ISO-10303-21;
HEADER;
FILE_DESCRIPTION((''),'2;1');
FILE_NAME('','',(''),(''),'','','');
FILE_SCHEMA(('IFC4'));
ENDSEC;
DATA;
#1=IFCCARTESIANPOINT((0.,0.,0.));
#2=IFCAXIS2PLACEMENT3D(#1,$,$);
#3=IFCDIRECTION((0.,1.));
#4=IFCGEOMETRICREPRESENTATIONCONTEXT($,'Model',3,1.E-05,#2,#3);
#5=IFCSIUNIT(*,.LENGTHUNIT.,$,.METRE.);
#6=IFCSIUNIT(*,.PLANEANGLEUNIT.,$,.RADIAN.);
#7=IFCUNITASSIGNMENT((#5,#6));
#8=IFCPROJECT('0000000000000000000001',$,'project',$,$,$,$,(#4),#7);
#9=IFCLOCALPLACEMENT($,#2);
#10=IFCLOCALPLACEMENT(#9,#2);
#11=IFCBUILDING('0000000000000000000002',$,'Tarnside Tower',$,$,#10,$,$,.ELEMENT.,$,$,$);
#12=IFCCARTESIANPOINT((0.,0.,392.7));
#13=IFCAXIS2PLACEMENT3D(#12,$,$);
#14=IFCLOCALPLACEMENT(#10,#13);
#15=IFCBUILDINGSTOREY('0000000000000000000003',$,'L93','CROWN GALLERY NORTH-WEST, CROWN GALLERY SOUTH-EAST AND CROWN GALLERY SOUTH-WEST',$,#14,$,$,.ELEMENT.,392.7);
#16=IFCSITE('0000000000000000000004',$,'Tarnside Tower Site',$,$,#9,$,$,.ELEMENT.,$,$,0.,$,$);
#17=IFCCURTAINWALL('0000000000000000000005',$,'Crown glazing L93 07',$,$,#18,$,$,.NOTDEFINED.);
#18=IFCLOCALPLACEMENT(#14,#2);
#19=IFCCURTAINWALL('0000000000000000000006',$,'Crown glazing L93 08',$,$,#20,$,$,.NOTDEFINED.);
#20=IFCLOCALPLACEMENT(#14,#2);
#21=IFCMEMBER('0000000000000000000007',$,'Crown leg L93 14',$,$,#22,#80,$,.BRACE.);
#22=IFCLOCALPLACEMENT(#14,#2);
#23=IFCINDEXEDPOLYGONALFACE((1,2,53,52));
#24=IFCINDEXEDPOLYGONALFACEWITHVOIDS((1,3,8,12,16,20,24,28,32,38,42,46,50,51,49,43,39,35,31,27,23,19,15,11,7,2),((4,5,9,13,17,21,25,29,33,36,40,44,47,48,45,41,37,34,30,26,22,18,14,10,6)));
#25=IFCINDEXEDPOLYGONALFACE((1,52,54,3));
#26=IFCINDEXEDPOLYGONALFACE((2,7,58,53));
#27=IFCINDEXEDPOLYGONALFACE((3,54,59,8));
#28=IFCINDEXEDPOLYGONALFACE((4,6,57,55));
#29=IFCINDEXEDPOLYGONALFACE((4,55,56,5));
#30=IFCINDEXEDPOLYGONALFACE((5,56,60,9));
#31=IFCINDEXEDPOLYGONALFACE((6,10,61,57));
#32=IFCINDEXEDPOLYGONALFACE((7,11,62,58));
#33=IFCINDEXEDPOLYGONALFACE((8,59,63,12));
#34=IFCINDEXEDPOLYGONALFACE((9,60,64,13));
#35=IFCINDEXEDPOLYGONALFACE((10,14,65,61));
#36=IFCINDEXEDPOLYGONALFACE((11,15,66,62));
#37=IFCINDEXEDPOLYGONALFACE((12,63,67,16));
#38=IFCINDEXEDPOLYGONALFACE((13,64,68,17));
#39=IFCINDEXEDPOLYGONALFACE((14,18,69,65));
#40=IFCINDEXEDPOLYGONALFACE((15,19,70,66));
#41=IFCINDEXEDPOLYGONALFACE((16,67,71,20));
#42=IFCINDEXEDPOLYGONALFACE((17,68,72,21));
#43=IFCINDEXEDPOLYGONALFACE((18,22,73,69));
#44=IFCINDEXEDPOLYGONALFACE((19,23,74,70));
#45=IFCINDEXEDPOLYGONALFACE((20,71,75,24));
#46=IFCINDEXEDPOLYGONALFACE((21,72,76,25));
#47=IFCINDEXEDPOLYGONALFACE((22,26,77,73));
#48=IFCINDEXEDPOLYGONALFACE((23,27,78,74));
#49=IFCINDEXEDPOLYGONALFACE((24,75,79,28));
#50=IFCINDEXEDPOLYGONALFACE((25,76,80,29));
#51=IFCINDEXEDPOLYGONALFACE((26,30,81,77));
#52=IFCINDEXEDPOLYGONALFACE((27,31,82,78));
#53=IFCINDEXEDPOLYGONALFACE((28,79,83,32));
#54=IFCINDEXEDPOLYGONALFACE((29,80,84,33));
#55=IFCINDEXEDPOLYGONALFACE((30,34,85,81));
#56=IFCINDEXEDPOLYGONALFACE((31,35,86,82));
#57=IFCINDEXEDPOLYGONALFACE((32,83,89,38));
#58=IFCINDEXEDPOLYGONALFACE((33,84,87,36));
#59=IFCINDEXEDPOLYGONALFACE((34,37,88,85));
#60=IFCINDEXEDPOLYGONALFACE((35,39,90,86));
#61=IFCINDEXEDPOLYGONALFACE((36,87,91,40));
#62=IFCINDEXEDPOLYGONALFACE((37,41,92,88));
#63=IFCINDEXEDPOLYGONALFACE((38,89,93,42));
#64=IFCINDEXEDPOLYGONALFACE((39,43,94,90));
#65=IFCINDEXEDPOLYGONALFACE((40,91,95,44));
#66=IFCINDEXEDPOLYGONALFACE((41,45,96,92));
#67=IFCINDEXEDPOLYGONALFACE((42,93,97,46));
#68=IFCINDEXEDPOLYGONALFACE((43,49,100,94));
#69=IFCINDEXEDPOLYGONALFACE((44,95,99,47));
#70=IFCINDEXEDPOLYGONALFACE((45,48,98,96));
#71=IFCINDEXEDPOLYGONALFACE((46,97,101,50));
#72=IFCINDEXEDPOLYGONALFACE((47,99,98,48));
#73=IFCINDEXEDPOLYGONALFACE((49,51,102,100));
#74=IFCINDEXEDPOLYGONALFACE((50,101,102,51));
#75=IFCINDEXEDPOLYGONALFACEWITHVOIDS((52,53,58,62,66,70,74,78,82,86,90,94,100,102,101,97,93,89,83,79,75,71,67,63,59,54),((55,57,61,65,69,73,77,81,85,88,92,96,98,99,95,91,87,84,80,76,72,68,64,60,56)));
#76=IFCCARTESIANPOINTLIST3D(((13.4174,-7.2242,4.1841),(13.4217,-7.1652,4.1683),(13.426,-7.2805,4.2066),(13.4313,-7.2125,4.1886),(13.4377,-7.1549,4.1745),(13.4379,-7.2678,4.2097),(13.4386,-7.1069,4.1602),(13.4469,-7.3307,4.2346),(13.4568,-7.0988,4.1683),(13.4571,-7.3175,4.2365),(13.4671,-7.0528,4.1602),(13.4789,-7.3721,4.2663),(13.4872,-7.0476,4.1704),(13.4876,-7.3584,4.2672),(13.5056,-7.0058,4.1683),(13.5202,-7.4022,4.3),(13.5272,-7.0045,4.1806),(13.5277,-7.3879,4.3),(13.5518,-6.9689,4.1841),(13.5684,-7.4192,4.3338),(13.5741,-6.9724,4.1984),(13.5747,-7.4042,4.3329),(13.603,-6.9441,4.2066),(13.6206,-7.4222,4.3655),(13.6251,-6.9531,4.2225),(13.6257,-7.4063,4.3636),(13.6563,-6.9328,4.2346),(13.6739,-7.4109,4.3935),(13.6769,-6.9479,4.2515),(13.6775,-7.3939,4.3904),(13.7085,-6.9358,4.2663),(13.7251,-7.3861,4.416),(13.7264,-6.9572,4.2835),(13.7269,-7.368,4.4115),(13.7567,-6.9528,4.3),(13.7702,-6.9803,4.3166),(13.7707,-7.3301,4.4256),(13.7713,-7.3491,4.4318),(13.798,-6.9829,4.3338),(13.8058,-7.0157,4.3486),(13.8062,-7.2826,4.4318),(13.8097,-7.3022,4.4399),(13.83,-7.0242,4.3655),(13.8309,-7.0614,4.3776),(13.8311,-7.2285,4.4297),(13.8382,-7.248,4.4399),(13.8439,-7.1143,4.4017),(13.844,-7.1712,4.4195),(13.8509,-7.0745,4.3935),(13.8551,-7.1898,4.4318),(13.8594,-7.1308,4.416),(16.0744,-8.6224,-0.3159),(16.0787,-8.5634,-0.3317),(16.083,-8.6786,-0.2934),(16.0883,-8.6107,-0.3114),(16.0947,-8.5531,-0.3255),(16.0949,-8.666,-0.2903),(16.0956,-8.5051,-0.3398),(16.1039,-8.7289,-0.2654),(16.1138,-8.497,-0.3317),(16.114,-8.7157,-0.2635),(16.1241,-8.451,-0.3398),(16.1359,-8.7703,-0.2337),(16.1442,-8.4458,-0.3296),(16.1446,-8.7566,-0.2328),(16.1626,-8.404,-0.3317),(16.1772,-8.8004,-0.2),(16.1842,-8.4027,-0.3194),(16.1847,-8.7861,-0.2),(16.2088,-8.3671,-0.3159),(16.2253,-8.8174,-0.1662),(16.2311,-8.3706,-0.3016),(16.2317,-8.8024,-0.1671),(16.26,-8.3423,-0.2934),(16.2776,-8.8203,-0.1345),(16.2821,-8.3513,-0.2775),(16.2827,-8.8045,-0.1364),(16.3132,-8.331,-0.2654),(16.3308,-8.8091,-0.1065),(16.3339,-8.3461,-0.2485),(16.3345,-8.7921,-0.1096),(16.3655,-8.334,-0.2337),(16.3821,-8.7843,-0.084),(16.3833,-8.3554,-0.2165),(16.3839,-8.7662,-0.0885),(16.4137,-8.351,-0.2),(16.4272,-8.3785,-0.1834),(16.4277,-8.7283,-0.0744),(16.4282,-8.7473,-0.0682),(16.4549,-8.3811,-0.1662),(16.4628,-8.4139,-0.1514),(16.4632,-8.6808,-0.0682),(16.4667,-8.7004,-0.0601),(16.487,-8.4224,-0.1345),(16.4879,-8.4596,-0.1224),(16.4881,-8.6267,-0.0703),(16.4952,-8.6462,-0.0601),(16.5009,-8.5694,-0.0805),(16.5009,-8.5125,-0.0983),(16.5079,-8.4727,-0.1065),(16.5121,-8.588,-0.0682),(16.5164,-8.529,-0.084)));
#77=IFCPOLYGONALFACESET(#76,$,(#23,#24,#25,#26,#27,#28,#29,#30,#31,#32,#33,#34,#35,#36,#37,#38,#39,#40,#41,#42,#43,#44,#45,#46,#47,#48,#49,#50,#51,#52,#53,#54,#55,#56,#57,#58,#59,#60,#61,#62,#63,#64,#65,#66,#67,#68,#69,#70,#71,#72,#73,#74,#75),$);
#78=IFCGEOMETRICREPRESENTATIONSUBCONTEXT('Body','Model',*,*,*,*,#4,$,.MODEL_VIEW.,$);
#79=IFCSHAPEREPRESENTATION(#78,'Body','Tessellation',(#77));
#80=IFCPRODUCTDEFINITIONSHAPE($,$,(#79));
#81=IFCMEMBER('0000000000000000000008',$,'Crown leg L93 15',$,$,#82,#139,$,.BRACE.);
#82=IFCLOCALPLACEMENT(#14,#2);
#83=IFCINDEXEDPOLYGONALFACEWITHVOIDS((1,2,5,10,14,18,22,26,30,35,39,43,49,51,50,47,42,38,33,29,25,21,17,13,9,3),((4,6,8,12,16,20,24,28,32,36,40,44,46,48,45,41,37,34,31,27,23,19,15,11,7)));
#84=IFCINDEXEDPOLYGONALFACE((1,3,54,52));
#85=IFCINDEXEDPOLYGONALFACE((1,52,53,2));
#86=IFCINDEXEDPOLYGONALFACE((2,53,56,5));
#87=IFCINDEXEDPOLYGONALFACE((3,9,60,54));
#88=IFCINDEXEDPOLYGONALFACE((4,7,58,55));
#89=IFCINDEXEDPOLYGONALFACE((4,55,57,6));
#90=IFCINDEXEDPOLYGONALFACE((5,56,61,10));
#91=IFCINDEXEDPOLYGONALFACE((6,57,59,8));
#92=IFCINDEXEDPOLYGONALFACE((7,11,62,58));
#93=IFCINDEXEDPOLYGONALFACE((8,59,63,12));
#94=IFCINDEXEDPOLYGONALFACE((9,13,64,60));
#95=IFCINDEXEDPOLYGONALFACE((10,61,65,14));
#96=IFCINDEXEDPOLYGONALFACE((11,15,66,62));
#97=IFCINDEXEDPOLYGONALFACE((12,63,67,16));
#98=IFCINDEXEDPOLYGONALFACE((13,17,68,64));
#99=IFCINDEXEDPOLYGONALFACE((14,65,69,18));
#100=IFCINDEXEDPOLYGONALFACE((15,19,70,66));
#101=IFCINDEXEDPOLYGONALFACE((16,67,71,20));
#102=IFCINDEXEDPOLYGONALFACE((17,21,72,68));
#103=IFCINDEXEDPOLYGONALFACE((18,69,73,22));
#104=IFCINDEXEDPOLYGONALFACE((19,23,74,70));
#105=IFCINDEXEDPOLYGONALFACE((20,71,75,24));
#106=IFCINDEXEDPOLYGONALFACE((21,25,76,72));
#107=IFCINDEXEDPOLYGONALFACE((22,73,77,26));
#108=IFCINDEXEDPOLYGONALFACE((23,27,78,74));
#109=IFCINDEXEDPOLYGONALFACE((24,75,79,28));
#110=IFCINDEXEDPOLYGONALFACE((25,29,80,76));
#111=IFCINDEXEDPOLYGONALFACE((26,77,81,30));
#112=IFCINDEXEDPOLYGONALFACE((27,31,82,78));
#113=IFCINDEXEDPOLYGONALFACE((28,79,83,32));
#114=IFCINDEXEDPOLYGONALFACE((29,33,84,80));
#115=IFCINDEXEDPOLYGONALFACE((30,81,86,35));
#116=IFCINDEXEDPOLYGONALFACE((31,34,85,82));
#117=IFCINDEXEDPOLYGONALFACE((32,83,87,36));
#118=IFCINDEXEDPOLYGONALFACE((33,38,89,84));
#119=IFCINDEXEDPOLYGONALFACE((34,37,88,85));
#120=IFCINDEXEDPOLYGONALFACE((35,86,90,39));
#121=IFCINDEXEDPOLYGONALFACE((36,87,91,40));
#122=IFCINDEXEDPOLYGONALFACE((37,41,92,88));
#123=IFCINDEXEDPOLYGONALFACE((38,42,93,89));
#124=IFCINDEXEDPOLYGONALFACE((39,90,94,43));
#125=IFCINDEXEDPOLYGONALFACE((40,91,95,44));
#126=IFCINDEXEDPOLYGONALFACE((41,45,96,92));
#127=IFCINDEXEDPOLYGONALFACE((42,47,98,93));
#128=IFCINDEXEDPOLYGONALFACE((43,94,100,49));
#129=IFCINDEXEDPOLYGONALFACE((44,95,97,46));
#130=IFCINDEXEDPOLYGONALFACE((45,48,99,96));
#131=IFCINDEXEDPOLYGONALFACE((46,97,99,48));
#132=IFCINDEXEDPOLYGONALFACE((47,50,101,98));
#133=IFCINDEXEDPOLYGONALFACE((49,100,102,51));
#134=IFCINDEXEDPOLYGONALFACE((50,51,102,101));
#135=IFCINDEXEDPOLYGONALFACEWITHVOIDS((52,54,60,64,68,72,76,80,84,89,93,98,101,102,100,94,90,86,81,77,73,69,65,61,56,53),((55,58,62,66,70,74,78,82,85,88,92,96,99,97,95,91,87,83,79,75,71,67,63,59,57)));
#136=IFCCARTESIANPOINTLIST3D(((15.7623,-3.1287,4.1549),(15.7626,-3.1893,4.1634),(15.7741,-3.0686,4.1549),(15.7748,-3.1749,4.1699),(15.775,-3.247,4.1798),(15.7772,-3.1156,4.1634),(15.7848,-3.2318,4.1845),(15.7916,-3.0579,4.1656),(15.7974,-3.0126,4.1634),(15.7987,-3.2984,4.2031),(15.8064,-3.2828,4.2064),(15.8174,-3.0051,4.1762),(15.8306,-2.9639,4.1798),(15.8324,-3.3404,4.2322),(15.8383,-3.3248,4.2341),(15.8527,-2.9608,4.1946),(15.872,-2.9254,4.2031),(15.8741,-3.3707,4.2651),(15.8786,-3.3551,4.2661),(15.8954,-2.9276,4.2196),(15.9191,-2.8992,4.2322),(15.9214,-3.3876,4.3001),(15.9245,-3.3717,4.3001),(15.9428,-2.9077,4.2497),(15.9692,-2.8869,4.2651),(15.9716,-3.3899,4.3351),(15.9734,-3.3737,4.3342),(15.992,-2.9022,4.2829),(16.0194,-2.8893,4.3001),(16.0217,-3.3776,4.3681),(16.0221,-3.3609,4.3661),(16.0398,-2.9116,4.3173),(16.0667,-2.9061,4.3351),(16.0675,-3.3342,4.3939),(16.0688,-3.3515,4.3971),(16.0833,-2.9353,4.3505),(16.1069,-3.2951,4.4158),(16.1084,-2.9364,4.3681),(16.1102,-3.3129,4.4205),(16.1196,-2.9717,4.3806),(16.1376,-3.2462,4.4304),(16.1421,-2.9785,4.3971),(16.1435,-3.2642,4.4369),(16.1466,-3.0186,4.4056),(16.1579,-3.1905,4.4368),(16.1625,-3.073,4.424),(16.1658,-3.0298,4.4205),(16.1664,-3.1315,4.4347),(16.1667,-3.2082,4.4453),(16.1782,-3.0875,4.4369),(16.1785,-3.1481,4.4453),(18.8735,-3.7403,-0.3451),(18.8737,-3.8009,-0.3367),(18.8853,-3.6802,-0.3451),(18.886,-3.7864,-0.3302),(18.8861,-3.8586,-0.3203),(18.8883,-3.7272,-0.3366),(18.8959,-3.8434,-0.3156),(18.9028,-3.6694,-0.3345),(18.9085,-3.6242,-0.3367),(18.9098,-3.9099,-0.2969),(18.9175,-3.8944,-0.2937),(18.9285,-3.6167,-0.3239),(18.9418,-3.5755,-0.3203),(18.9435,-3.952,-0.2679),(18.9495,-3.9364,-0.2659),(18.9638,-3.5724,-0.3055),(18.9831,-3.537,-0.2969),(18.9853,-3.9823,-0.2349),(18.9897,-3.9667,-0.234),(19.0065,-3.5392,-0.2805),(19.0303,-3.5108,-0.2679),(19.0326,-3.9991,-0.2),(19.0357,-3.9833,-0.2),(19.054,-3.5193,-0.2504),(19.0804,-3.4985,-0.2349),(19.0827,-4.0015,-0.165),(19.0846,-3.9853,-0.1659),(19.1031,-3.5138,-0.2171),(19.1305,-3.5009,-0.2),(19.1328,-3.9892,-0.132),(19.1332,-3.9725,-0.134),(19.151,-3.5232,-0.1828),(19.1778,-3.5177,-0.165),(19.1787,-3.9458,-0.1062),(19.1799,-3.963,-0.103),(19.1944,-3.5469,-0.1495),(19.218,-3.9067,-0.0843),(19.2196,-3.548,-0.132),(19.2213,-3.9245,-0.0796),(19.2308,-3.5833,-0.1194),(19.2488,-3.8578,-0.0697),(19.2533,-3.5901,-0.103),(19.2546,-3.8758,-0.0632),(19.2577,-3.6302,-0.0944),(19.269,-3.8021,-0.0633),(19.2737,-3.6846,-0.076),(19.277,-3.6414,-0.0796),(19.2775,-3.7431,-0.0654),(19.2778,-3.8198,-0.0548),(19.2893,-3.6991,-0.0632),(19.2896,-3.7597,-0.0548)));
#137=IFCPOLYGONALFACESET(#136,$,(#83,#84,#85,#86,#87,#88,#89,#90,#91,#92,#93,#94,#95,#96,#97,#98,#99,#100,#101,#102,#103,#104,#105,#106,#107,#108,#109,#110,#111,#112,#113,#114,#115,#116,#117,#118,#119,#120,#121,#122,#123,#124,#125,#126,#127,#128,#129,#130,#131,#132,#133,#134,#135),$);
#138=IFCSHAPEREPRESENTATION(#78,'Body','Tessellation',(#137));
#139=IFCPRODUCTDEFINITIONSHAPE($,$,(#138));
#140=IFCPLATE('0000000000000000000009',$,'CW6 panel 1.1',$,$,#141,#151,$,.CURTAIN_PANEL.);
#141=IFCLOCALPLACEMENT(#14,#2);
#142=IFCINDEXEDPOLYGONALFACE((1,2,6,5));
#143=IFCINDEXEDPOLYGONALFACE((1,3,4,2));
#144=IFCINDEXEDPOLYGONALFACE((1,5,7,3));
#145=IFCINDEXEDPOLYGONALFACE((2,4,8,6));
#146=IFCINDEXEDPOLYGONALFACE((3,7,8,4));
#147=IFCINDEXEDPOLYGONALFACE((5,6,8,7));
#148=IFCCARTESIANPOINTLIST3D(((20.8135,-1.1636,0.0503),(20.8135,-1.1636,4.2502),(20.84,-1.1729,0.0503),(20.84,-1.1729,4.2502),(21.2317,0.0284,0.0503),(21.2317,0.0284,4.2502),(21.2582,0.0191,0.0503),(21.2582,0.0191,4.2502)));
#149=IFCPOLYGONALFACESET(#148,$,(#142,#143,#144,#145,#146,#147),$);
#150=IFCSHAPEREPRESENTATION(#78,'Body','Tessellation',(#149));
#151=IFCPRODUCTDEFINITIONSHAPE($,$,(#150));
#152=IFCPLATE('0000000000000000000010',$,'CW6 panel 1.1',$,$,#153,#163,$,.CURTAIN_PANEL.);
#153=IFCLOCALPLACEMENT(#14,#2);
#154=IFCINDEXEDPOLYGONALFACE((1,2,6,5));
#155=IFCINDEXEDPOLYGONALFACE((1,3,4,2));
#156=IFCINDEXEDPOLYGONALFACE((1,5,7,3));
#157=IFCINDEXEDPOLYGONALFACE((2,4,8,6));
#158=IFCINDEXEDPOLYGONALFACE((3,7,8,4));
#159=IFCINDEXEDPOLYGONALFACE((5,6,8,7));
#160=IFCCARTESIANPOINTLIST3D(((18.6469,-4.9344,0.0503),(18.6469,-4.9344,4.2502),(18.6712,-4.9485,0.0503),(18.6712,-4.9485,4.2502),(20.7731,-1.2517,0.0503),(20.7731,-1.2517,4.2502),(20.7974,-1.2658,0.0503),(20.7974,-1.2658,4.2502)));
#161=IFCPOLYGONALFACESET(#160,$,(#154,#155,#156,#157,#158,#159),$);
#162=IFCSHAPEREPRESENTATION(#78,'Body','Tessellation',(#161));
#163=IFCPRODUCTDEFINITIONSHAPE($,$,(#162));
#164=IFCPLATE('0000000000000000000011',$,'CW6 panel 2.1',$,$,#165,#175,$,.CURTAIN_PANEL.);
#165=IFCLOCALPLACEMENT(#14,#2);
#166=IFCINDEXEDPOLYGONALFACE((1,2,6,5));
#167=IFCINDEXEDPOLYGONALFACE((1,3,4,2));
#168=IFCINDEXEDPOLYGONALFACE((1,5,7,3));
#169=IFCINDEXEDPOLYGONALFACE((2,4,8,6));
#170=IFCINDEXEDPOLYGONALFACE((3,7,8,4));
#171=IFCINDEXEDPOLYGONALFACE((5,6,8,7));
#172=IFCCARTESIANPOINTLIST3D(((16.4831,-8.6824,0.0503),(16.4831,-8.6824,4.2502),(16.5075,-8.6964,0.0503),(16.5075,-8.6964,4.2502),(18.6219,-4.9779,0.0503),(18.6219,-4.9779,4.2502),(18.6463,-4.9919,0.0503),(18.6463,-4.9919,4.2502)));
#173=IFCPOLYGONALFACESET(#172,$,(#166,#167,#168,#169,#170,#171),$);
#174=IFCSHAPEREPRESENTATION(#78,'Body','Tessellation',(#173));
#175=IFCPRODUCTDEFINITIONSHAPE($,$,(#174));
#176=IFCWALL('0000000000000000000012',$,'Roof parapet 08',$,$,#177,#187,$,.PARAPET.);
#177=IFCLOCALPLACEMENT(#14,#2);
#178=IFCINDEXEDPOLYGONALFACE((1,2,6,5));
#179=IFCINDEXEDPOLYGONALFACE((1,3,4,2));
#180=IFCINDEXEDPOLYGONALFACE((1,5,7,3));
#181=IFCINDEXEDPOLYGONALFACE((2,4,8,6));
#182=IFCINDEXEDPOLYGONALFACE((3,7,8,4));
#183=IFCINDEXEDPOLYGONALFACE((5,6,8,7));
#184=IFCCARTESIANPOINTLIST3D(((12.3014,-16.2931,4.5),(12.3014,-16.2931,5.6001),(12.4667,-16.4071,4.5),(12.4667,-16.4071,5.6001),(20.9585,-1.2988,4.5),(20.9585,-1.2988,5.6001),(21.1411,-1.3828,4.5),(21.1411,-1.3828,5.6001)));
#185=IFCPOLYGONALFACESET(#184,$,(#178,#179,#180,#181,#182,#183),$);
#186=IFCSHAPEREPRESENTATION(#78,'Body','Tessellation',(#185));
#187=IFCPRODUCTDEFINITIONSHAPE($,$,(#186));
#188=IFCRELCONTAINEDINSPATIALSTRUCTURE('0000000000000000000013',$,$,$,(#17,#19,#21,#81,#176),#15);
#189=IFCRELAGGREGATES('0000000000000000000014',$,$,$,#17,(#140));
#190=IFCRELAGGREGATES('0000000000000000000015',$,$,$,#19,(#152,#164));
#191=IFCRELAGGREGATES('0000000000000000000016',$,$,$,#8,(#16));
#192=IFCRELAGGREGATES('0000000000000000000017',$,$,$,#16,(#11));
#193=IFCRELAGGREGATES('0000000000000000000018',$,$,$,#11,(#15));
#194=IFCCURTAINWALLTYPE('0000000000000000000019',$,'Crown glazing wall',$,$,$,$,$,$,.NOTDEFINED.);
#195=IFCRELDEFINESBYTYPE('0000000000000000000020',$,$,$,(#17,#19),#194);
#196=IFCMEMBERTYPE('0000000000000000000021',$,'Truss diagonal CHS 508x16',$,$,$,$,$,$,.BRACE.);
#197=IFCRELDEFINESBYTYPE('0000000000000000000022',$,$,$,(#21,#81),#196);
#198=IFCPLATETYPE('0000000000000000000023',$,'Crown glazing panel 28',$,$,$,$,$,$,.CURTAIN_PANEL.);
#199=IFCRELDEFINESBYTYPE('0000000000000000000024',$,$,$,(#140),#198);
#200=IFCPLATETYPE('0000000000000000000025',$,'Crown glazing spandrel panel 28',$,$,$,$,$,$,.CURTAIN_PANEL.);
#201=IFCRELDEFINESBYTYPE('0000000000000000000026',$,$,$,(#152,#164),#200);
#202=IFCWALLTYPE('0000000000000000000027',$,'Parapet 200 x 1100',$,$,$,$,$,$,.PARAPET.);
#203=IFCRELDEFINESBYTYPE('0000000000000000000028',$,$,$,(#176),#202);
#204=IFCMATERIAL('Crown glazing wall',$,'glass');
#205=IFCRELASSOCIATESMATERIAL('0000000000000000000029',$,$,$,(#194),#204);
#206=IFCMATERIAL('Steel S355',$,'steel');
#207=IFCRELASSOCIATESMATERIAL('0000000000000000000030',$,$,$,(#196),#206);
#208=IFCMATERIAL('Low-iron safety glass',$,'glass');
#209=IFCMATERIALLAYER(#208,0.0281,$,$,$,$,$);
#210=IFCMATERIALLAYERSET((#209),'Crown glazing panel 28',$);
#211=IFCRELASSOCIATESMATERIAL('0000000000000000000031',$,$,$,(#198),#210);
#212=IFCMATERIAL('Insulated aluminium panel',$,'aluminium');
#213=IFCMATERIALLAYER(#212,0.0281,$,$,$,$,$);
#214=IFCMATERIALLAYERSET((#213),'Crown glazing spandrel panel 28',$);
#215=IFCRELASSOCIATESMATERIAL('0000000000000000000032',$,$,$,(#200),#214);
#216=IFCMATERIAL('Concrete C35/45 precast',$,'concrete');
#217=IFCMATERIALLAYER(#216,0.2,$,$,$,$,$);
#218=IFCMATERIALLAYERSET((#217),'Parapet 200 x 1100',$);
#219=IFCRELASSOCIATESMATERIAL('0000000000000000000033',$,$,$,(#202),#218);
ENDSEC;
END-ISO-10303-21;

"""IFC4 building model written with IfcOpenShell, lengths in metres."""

from ifc_helpers import new_model, si_unit, direction, frame, origin, origin_2d, place, context, subcontext, project, spatial, polyline, rectangle, hollow_circle, outline, extrude, material, layer, layer_set, material_profile, profile_set, type_object, element, aggregate, save


model = new_model("IFC4")

# Units and contexts
model_context = context("Model", 3, precision=1e-05, world=origin(), true_north=direction((0.0, 1.0)))
body_context = subcontext(model_context, "Body", "Model", "MODEL_VIEW")
ifc_project = project(units=[si_unit("LENGTHUNIT", "METRE"), si_unit("PLANEANGLEUNIT", "RADIAN")], contexts=[model_context])

# Site, building, storey
site_placement = place(None, origin())
site = spatial("IfcSite", under=ifc_project, at=site_placement, Name="Tarnside Tower Site", CompositionType="ELEMENT", RefElevation=0.0)
building_placement = place(site_placement, origin())
building = spatial("IfcBuilding", under=site, at=building_placement, Name="Tarnside Tower", CompositionType="ELEMENT")
storey_placement = place(building_placement, frame((0.0, 0.0, 392.7)))
storey = spatial("IfcBuildingStorey", under=building, at=storey_placement, Name="L93", Description="CROWN GALLERY NORTH-WEST, CROWN GALLERY SOUTH-EAST AND CROWN GALLERY SOUTH-WEST", CompositionType="ELEMENT", Elevation=392.7)

# Curtain wall
ifc_material_1 = material(Name="Crown glazing wall", Category="glass")
curtain_wall_type = type_object("IfcCurtainWallType", Name="Crown glazing wall", PredefinedType="NOTDEFINED", material=ifc_material_1)
curtain_wall_1_placement = place(storey_placement, origin())
curtain_wall_1 = element("IfcCurtainWall", 1, at=curtain_wall_1_placement, inside=storey, type_object=curtain_wall_type, Name="Crown glazing L93 07", PredefinedType="NOTDEFINED")

# Curtain wall
curtain_wall_2_placement = place(storey_placement, origin())
curtain_wall_2 = element("IfcCurtainWall", 2, at=curtain_wall_2_placement, inside=storey, type_object=curtain_wall_type, Name="Crown glazing L93 08", PredefinedType="NOTDEFINED")

# Shared definitions
ifc_material_2 = material(Name="Steel S355", Category="steel")

# Members
ifc_material_profile_1 = material_profile(ifc_material_2, hollow_circle(Radius=0.2539, WallThickness=0.0161, at=origin_2d()), Name="CHS 508x16")
ifc_profile_set_1 = profile_set([ifc_material_profile_1], Name="Steel S355")
member_type_1 = type_object("IfcMemberType", Name="Truss diagonal CHS 508x16", PredefinedType="BRACE", material=ifc_profile_set_1)
member_1_placement = place(storey_placement, frame((16.2954, -8.5757, -0.2), z_axis=(-0.491154, 0.258462, 0.831844), x_axis=(-0.465689, -0.884948, 0.0)))
element("IfcMember", 3, at=member_1_placement, inside=storey, type_object=member_type_1, Name="Crown leg L93 14", PredefinedType="BRACE", context=body_context, shape_type="SweptSolid", body=[
    extrude(hollow_circle(Radius=0.2539, WallThickness=0.0161, at=origin_2d()), origin(), (0.0, 0.0, 1.0), 5.4097),
])
member_2_placement = place(storey_placement, frame((19.0815, -3.75, -0.2), z_axis=(-0.565158, 0.111098, 0.817468), x_axis=(-0.192887, -0.981221, 0.0)))
element("IfcMember", 4, at=member_2_placement, inside=storey, type_object=member_type_1, Name="Crown leg L93 15", PredefinedType="BRACE", context=body_context, shape_type="SweptSolid", body=[
    extrude(hollow_circle(Radius=0.2539, WallThickness=0.0161, at=origin_2d()), origin(), (0.0, 0.0, 1.0), 5.5049),
])

# Plates
ifc_material_3 = material(Name="Low-iron safety glass", Category="glass")
ifc_layer_1 = layer(ifc_material_3, 0.0281)
ifc_layer_set_1 = layer_set([ifc_layer_1], Name="Crown glazing panel 28")
plate_type_1 = type_object("IfcPlateType", Name="Crown glazing panel 28", PredefinedType="CURTAIN_PANEL", material=ifc_layer_set_1)
plate_1_placement = place(storey_placement, frame((21.0359, -0.5723, 0.0503), z_axis=(0.0, 0.0, 1.0), x_axis=(-0.331063, -0.943609, 0.0)))
plate_1 = element("IfcPlate", 5, at=plate_1_placement, type_object=plate_type_1, Name="CW6 panel 1.1", PredefinedType="CURTAIN_PANEL", context=body_context, shape_type="SweptSolid", body=[
    extrude(rectangle(XDim=1.2632, YDim=0.0281, at=origin_2d()), origin(), (0.0, 0.0, 1.0), 4.2),
])
aggregate(curtain_wall_1, [plate_1])
ifc_material_4 = material(Name="Insulated aluminium panel", Category="aluminium")
ifc_layer_2 = layer(ifc_material_4, 0.0281)
ifc_layer_set_2 = layer_set([ifc_layer_2], Name="Crown glazing spandrel panel 28")
plate_type_2 = type_object("IfcPlateType", Name="Crown glazing spandrel panel 28", PredefinedType="CURTAIN_PANEL", material=ifc_layer_set_2)
plate_2_placement = place(storey_placement, frame((19.7222, -3.1001, 0.0503), z_axis=(0.0, 0.0, 1.0), x_axis=(-0.5, -0.866025, 0.0)))
plate_2 = element("IfcPlate", 6, at=plate_2_placement, type_object=plate_type_2, Name="CW6 panel 1.1", PredefinedType="CURTAIN_PANEL", context=body_context, shape_type="SweptSolid", body=[
    extrude(rectangle(XDim=4.2524, YDim=0.0281, at=origin_2d()), origin(), (0.0, 0.0, 1.0), 4.2),
])
plate_3_placement = place(storey_placement, frame((17.5647, -6.8372, 0.0503), z_axis=(0.0, 0.0, 1.0), x_axis=(-0.5, -0.866025, 0.0)))
plate_3 = element("IfcPlate", 7, at=plate_3_placement, type_object=plate_type_2, Name="CW6 panel 2.1", PredefinedType="CURTAIN_PANEL", context=body_context, shape_type="SweptSolid", body=[
    extrude(rectangle(XDim=4.2776, YDim=0.0281, at=origin_2d()), origin(), (0.0, 0.0, 1.0), 4.2),
])
aggregate(curtain_wall_2, [plate_2, plate_3])

# Wall
ifc_material_5 = material(Name="Concrete C35/45 precast", Category="concrete")
ifc_layer_3 = layer(ifc_material_5, 0.2)
ifc_layer_set_3 = layer_set([ifc_layer_3], Name="Parapet 200 x 1100")
wall_type_1 = type_object("IfcWallType", Name="Parapet 200 x 1100", PredefinedType="PARAPET", material=ifc_layer_set_3)
wall_1_placement = place(storey_placement, frame((21.0498, -1.3408, 4.5), z_axis=(0.0, 0.0, 1.0), x_axis=(-0.500007, -0.866021, 0.0)))
element("IfcWall", 8, at=wall_1_placement, inside=storey, type_object=wall_type_1, Name="Roof parapet 08", PredefinedType="PARAPET", context=body_context, shape_type="SweptSolid", body=[
    extrude(outline(polyline([(0.0093, -0.1001), (17.3232, -0.1001), (17.3394, 0.1001), (-0.0093, 0.1001), (0.0093, -0.1001)])), origin(), (0.0, 0.0, 1.0), 1.1001),
])

save(model, "model.ifc")
